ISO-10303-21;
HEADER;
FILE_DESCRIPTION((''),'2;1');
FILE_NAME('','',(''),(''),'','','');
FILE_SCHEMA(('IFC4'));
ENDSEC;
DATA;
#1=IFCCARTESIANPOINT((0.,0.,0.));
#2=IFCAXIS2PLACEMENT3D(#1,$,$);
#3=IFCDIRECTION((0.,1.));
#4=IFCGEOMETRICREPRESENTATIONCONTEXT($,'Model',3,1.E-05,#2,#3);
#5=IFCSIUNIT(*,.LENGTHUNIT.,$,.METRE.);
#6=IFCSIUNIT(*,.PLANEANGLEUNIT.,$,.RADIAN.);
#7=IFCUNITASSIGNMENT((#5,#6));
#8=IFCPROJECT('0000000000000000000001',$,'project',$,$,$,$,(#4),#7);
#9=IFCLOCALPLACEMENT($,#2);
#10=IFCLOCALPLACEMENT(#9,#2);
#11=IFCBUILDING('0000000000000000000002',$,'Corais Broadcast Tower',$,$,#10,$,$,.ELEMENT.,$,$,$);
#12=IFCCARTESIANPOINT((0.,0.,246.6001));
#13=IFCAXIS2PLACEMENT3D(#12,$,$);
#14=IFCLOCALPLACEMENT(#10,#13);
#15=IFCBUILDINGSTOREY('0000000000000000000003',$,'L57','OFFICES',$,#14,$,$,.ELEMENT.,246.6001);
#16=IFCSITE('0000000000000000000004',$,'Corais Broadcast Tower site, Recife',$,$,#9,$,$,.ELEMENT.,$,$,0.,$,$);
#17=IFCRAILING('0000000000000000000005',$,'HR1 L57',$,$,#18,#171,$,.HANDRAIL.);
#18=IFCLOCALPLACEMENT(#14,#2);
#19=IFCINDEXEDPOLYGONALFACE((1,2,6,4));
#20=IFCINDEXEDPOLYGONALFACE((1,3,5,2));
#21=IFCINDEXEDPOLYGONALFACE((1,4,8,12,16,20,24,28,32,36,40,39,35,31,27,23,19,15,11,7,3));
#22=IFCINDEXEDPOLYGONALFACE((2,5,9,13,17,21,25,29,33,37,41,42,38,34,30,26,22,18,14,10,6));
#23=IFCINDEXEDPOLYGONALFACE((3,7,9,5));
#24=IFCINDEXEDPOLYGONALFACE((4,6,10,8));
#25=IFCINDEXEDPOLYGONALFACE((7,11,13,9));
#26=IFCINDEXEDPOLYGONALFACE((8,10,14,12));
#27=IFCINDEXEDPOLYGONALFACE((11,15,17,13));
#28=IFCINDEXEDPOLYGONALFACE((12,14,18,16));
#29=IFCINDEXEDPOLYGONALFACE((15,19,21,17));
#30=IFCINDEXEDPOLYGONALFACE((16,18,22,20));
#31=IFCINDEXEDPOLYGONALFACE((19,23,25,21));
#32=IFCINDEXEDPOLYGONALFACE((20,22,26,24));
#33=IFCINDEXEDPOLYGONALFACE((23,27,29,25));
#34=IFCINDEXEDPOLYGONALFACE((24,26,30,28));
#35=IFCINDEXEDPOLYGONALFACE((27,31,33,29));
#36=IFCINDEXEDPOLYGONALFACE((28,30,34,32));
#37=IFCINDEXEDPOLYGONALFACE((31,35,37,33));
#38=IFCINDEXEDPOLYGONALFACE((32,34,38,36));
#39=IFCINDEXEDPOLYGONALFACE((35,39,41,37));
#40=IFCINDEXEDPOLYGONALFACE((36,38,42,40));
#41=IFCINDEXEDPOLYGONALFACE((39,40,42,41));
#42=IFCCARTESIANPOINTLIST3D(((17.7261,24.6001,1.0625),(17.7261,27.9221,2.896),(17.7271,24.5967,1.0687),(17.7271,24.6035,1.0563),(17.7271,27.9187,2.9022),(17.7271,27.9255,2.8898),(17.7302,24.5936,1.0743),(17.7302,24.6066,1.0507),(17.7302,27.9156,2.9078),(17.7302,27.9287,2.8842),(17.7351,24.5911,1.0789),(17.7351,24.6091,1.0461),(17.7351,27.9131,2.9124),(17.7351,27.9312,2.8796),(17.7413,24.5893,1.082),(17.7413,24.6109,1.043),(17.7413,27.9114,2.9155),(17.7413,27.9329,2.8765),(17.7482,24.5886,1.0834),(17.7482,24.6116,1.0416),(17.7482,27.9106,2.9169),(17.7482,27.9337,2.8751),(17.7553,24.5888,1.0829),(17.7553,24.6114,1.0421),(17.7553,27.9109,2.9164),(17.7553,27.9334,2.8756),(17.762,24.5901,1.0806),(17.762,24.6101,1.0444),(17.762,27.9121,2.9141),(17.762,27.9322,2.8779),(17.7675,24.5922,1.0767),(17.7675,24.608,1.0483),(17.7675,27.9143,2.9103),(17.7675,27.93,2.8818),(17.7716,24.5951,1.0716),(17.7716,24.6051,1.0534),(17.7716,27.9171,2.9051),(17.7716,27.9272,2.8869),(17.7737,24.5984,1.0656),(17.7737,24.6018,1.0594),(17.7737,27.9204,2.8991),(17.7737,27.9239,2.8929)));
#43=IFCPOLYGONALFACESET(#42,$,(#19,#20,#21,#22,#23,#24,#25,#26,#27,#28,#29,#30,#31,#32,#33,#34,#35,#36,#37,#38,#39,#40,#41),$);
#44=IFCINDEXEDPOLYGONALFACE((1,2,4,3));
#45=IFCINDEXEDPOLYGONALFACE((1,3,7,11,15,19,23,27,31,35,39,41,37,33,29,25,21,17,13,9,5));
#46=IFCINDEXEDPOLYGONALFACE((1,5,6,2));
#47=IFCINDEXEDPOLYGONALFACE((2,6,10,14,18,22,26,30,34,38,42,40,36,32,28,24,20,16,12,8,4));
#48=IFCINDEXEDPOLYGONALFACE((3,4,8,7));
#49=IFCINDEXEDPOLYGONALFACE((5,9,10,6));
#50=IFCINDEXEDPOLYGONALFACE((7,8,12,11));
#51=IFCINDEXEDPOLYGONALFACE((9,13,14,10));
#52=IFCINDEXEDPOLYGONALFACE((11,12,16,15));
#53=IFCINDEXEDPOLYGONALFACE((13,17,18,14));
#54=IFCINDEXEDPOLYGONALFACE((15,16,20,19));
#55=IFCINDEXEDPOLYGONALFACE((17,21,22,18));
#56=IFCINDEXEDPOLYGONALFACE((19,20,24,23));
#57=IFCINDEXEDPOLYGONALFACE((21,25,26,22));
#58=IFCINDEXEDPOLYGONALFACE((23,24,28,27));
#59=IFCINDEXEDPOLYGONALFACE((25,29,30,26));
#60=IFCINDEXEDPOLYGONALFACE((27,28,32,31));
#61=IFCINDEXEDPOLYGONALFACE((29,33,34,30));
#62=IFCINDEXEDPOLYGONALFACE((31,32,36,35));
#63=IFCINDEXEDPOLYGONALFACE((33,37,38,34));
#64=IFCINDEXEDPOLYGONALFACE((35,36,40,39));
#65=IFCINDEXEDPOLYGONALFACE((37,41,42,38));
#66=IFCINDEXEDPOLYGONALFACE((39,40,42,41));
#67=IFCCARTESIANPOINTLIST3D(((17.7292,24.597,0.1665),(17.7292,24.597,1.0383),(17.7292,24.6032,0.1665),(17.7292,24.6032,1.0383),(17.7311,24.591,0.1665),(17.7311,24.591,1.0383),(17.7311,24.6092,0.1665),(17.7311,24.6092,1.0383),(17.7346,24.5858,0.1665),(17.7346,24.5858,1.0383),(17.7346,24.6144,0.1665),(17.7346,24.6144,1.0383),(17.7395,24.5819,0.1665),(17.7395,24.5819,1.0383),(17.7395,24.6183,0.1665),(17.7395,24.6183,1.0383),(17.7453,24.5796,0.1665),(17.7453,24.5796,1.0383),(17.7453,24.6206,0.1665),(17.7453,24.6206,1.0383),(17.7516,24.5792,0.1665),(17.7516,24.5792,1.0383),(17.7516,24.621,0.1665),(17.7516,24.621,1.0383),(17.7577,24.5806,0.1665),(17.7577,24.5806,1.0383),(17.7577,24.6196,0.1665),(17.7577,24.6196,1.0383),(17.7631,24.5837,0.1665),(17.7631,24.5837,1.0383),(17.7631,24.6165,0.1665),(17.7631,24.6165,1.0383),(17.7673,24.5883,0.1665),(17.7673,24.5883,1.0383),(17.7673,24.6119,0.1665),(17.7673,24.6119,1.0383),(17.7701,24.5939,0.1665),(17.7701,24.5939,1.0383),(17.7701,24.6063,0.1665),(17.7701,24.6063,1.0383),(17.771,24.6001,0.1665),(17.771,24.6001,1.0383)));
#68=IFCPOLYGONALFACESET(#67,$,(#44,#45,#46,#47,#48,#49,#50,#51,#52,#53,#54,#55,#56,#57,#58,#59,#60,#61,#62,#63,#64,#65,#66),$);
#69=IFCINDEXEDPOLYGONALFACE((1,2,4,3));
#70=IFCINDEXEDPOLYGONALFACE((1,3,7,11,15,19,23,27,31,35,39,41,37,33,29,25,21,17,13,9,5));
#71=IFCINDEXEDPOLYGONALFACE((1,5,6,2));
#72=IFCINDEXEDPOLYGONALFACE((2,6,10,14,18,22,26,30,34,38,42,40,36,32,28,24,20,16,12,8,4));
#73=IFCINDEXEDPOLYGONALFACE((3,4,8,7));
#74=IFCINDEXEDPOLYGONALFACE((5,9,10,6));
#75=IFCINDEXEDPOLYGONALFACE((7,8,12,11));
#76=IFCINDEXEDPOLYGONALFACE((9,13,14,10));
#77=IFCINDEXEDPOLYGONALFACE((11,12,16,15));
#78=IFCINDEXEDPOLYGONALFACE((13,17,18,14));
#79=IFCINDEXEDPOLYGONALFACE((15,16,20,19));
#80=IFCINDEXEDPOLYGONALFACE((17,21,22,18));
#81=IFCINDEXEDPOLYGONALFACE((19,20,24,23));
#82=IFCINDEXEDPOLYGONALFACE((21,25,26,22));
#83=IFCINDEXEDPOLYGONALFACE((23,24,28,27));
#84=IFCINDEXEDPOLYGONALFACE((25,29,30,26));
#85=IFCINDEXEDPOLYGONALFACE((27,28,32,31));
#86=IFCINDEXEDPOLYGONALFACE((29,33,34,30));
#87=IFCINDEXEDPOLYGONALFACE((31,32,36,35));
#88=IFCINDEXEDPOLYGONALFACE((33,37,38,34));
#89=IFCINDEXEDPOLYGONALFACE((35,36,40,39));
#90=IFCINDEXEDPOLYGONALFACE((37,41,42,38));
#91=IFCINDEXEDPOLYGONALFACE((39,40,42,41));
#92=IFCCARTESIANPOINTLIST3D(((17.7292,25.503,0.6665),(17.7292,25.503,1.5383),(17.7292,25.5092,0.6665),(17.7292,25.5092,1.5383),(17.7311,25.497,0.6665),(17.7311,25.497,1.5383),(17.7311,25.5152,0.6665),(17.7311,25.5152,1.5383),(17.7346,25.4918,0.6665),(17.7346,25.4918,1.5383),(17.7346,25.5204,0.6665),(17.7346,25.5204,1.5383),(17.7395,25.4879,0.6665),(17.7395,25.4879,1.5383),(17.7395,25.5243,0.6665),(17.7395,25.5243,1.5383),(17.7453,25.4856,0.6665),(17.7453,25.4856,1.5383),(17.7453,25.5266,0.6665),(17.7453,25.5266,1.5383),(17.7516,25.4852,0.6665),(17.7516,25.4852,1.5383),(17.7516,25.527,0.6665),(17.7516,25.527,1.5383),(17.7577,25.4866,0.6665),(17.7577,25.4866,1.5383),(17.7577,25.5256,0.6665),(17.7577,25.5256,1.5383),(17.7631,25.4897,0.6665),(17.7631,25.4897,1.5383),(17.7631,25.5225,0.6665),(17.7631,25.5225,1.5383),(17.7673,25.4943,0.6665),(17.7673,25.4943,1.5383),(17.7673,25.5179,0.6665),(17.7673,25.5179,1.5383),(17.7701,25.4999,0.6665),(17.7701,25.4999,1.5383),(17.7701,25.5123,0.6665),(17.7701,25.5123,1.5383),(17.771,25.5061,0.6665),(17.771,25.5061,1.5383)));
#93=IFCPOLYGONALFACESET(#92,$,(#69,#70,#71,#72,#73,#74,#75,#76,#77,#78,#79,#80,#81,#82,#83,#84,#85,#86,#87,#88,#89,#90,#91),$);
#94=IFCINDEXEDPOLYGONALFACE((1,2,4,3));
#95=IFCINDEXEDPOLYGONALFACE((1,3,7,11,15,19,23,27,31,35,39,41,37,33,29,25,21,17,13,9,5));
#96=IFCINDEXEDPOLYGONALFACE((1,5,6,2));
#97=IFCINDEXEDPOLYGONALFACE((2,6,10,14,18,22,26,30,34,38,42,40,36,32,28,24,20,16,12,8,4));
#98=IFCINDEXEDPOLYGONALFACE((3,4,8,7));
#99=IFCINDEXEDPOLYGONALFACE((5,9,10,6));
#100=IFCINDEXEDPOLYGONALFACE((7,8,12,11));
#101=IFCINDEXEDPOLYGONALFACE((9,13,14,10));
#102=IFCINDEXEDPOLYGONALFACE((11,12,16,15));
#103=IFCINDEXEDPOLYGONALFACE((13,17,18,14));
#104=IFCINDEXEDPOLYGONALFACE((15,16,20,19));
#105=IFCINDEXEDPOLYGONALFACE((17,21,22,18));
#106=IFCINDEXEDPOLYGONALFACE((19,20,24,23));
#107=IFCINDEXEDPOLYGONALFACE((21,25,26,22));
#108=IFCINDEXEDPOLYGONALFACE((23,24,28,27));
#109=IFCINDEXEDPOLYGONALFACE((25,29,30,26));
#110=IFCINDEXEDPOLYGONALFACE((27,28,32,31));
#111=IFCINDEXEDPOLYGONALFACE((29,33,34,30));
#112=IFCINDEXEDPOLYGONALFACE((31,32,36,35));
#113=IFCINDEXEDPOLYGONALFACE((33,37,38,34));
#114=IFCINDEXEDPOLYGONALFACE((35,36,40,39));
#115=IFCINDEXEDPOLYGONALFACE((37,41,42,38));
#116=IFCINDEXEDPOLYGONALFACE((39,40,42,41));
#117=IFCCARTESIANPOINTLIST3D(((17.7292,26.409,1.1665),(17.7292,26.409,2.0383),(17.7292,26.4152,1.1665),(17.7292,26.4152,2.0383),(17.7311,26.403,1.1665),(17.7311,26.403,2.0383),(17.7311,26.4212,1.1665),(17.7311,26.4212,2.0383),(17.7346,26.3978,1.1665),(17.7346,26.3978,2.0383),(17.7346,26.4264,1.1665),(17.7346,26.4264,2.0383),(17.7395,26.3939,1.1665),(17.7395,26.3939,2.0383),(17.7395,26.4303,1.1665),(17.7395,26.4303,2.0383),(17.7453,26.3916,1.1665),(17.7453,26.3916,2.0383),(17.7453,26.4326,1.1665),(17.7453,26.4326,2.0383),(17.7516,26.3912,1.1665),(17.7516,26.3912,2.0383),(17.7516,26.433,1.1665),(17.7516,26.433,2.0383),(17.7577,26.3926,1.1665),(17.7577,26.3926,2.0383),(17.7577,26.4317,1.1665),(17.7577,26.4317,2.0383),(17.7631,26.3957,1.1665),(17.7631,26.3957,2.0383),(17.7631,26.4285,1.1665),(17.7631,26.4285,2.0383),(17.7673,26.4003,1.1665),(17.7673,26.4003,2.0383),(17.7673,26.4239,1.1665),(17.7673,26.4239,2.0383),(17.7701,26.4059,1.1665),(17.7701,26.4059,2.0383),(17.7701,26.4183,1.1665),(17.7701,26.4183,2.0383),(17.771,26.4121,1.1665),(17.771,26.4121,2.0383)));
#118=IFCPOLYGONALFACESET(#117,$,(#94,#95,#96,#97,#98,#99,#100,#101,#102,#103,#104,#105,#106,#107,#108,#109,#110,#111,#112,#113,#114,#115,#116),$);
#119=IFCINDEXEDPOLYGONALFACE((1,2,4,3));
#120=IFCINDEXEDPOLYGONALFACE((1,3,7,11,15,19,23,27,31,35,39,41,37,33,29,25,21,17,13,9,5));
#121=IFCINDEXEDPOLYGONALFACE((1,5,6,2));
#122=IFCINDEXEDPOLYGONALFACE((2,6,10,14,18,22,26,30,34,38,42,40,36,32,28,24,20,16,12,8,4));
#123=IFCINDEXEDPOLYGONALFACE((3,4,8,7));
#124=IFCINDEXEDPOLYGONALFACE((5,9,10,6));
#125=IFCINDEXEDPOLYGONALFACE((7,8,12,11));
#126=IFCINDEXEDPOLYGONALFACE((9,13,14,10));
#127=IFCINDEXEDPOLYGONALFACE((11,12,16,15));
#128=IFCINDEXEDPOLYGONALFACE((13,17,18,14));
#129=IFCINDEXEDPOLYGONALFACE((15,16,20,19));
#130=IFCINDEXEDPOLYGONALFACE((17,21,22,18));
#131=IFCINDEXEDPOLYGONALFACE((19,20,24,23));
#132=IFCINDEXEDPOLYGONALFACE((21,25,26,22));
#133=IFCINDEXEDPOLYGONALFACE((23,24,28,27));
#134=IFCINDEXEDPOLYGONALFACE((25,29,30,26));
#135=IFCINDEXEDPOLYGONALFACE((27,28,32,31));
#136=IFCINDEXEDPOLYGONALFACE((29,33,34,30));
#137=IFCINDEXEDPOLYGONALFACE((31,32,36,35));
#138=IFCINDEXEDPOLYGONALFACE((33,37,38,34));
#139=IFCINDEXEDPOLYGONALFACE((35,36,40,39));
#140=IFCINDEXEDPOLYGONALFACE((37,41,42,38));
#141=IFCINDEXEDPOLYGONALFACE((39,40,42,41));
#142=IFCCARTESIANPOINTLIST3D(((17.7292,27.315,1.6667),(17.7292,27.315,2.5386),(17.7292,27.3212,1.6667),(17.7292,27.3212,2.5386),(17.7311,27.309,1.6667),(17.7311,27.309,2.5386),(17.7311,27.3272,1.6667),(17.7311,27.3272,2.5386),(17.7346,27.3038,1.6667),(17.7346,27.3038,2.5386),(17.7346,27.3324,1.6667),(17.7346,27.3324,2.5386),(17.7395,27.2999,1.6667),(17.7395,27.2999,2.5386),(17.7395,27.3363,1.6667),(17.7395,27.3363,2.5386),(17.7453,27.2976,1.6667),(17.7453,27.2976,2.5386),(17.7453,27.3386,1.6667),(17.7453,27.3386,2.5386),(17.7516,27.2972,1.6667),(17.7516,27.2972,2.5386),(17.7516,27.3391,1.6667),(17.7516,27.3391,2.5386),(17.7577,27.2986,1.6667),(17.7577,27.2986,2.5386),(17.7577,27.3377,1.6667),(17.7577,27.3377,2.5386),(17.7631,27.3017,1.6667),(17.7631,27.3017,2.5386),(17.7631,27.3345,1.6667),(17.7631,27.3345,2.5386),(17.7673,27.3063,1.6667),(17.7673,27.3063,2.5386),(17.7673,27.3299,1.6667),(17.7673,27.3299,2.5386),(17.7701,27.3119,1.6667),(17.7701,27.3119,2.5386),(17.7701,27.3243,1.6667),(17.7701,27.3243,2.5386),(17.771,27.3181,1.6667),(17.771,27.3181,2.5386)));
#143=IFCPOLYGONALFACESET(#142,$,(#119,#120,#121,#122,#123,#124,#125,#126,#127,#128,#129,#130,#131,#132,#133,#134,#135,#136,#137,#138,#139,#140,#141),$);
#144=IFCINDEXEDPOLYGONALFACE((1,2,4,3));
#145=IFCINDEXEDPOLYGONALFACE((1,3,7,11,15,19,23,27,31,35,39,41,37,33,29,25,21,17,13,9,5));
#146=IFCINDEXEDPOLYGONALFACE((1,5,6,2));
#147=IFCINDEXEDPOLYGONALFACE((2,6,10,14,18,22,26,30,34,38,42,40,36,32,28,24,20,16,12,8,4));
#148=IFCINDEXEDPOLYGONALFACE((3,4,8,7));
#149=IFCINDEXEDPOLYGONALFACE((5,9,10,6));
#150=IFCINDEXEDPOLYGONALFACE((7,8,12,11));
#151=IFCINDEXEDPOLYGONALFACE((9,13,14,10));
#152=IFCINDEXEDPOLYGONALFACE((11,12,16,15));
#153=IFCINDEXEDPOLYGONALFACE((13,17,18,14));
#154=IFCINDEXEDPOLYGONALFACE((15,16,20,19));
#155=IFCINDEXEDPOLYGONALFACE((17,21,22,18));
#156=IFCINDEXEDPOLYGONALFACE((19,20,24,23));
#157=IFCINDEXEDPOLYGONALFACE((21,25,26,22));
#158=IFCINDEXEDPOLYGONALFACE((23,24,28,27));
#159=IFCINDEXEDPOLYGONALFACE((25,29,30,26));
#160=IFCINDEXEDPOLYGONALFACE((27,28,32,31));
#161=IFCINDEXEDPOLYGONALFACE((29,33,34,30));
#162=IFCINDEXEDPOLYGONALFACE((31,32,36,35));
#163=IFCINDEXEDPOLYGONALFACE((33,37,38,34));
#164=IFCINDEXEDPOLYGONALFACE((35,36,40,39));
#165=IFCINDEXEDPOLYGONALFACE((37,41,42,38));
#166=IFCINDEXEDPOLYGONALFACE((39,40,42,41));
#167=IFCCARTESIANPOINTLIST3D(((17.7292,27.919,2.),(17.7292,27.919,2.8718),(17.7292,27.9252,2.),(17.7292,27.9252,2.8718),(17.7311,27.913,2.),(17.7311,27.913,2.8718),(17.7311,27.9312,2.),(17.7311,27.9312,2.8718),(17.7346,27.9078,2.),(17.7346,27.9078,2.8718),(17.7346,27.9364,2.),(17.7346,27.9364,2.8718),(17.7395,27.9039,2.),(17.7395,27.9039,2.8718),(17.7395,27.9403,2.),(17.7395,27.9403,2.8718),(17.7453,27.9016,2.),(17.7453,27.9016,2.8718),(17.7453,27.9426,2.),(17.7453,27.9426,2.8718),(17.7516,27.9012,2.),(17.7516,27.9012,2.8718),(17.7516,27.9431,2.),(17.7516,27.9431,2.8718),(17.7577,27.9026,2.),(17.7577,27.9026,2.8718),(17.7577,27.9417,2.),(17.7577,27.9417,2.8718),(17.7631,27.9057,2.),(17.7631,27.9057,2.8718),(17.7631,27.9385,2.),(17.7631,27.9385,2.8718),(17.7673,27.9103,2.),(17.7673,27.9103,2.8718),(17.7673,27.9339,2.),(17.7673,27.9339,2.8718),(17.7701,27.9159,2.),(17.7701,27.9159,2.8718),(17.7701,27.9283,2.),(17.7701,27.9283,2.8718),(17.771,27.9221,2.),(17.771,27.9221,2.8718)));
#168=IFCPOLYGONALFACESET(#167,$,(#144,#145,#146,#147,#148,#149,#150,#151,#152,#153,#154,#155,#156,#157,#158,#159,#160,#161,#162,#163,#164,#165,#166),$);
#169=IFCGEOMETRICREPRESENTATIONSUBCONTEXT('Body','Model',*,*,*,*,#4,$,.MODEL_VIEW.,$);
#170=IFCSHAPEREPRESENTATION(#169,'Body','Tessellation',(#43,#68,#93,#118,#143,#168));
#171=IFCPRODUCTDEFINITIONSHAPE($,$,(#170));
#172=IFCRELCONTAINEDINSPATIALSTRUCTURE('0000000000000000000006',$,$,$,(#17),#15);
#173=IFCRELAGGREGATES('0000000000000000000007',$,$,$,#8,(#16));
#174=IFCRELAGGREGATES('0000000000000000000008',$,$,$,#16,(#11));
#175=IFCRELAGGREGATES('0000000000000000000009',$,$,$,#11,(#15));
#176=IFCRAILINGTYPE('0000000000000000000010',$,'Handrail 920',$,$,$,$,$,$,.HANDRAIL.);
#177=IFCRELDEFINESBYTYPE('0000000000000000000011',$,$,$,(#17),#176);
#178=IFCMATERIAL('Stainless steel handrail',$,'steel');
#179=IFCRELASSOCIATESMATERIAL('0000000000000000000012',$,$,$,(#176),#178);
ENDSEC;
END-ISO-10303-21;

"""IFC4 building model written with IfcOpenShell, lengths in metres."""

from ifc_helpers import new_model, si_unit, direction, frame, origin, origin_2d, place, context, subcontext, project, spatial, circle, extrude, material, type_object, element, save


model = new_model("IFC4")

# Units and contexts
model_context = context("Model", 3, precision=1e-05, world=origin(), true_north=direction((0.0, 1.0)))
body_context = subcontext(model_context, "Body", "Model", "MODEL_VIEW")
ifc_project = project(units=[si_unit("LENGTHUNIT", "METRE"), si_unit("PLANEANGLEUNIT", "RADIAN")], contexts=[model_context])

# Site, building, storey
site_placement = place(None, origin())
site = spatial("IfcSite", under=ifc_project, at=site_placement, Name="Corais Broadcast Tower site, Recife", CompositionType="ELEMENT", RefElevation=0.0)
building_placement = place(site_placement, origin())
building = spatial("IfcBuilding", under=site, at=building_placement, Name="Corais Broadcast Tower", CompositionType="ELEMENT")
storey_placement = place(building_placement, frame((0.0, 0.0, 246.6001)))
storey = spatial("IfcBuildingStorey", under=building, at=storey_placement, Name="L57", Description="OFFICES", CompositionType="ELEMENT", Elevation=246.6001)

# Railing
ifc_material_1 = material(Name="Stainless steel handrail", Category="steel")
railing_type = type_object("IfcRailingType", Name="Handrail 920", PredefinedType="HANDRAIL", material=ifc_material_1)
for number, where, name in (
    (1, (17.75, 24.6001, 0.1665), "HR1 L57"),
):
    element("IfcRailing", number, at=place(storey_placement, frame(where)), inside=storey, type_object=railing_type, Name=name, PredefinedType="HANDRAIL", context=body_context, shape_type="SweptSolid", body=[
        extrude(circle(Radius=0.0239, at=origin_2d()), frame((0.0, 0.0, 0.896), z_axis=(0.0, 0.875504, 0.48321), x_axis=(-1.0, 0.0, 0.0)), (0.0, 0.0, 1.0), 3.7944),
        extrude(circle(Radius=0.021, at=origin_2d()), origin(), (0.0, 0.0, 1.0), 0.8718),
        extrude(circle(Radius=0.021, at=origin_2d()), frame((0.0, 0.906, 0.5)), (0.0, 0.0, 1.0), 0.8718),
        extrude(circle(Radius=0.021, at=origin_2d()), frame((0.0, 1.812, 1.0)), (0.0, 0.0, 1.0), 0.8718),
        extrude(circle(Radius=0.021, at=origin_2d()), frame((0.0, 2.718, 1.5002)), (0.0, 0.0, 1.0), 0.8718),
        extrude(circle(Radius=0.021, at=origin_2d()), frame((0.0, 3.322, 1.8335)), (0.0, 0.0, 1.0), 0.8718),
    ])

save(model, "model.ifc")
